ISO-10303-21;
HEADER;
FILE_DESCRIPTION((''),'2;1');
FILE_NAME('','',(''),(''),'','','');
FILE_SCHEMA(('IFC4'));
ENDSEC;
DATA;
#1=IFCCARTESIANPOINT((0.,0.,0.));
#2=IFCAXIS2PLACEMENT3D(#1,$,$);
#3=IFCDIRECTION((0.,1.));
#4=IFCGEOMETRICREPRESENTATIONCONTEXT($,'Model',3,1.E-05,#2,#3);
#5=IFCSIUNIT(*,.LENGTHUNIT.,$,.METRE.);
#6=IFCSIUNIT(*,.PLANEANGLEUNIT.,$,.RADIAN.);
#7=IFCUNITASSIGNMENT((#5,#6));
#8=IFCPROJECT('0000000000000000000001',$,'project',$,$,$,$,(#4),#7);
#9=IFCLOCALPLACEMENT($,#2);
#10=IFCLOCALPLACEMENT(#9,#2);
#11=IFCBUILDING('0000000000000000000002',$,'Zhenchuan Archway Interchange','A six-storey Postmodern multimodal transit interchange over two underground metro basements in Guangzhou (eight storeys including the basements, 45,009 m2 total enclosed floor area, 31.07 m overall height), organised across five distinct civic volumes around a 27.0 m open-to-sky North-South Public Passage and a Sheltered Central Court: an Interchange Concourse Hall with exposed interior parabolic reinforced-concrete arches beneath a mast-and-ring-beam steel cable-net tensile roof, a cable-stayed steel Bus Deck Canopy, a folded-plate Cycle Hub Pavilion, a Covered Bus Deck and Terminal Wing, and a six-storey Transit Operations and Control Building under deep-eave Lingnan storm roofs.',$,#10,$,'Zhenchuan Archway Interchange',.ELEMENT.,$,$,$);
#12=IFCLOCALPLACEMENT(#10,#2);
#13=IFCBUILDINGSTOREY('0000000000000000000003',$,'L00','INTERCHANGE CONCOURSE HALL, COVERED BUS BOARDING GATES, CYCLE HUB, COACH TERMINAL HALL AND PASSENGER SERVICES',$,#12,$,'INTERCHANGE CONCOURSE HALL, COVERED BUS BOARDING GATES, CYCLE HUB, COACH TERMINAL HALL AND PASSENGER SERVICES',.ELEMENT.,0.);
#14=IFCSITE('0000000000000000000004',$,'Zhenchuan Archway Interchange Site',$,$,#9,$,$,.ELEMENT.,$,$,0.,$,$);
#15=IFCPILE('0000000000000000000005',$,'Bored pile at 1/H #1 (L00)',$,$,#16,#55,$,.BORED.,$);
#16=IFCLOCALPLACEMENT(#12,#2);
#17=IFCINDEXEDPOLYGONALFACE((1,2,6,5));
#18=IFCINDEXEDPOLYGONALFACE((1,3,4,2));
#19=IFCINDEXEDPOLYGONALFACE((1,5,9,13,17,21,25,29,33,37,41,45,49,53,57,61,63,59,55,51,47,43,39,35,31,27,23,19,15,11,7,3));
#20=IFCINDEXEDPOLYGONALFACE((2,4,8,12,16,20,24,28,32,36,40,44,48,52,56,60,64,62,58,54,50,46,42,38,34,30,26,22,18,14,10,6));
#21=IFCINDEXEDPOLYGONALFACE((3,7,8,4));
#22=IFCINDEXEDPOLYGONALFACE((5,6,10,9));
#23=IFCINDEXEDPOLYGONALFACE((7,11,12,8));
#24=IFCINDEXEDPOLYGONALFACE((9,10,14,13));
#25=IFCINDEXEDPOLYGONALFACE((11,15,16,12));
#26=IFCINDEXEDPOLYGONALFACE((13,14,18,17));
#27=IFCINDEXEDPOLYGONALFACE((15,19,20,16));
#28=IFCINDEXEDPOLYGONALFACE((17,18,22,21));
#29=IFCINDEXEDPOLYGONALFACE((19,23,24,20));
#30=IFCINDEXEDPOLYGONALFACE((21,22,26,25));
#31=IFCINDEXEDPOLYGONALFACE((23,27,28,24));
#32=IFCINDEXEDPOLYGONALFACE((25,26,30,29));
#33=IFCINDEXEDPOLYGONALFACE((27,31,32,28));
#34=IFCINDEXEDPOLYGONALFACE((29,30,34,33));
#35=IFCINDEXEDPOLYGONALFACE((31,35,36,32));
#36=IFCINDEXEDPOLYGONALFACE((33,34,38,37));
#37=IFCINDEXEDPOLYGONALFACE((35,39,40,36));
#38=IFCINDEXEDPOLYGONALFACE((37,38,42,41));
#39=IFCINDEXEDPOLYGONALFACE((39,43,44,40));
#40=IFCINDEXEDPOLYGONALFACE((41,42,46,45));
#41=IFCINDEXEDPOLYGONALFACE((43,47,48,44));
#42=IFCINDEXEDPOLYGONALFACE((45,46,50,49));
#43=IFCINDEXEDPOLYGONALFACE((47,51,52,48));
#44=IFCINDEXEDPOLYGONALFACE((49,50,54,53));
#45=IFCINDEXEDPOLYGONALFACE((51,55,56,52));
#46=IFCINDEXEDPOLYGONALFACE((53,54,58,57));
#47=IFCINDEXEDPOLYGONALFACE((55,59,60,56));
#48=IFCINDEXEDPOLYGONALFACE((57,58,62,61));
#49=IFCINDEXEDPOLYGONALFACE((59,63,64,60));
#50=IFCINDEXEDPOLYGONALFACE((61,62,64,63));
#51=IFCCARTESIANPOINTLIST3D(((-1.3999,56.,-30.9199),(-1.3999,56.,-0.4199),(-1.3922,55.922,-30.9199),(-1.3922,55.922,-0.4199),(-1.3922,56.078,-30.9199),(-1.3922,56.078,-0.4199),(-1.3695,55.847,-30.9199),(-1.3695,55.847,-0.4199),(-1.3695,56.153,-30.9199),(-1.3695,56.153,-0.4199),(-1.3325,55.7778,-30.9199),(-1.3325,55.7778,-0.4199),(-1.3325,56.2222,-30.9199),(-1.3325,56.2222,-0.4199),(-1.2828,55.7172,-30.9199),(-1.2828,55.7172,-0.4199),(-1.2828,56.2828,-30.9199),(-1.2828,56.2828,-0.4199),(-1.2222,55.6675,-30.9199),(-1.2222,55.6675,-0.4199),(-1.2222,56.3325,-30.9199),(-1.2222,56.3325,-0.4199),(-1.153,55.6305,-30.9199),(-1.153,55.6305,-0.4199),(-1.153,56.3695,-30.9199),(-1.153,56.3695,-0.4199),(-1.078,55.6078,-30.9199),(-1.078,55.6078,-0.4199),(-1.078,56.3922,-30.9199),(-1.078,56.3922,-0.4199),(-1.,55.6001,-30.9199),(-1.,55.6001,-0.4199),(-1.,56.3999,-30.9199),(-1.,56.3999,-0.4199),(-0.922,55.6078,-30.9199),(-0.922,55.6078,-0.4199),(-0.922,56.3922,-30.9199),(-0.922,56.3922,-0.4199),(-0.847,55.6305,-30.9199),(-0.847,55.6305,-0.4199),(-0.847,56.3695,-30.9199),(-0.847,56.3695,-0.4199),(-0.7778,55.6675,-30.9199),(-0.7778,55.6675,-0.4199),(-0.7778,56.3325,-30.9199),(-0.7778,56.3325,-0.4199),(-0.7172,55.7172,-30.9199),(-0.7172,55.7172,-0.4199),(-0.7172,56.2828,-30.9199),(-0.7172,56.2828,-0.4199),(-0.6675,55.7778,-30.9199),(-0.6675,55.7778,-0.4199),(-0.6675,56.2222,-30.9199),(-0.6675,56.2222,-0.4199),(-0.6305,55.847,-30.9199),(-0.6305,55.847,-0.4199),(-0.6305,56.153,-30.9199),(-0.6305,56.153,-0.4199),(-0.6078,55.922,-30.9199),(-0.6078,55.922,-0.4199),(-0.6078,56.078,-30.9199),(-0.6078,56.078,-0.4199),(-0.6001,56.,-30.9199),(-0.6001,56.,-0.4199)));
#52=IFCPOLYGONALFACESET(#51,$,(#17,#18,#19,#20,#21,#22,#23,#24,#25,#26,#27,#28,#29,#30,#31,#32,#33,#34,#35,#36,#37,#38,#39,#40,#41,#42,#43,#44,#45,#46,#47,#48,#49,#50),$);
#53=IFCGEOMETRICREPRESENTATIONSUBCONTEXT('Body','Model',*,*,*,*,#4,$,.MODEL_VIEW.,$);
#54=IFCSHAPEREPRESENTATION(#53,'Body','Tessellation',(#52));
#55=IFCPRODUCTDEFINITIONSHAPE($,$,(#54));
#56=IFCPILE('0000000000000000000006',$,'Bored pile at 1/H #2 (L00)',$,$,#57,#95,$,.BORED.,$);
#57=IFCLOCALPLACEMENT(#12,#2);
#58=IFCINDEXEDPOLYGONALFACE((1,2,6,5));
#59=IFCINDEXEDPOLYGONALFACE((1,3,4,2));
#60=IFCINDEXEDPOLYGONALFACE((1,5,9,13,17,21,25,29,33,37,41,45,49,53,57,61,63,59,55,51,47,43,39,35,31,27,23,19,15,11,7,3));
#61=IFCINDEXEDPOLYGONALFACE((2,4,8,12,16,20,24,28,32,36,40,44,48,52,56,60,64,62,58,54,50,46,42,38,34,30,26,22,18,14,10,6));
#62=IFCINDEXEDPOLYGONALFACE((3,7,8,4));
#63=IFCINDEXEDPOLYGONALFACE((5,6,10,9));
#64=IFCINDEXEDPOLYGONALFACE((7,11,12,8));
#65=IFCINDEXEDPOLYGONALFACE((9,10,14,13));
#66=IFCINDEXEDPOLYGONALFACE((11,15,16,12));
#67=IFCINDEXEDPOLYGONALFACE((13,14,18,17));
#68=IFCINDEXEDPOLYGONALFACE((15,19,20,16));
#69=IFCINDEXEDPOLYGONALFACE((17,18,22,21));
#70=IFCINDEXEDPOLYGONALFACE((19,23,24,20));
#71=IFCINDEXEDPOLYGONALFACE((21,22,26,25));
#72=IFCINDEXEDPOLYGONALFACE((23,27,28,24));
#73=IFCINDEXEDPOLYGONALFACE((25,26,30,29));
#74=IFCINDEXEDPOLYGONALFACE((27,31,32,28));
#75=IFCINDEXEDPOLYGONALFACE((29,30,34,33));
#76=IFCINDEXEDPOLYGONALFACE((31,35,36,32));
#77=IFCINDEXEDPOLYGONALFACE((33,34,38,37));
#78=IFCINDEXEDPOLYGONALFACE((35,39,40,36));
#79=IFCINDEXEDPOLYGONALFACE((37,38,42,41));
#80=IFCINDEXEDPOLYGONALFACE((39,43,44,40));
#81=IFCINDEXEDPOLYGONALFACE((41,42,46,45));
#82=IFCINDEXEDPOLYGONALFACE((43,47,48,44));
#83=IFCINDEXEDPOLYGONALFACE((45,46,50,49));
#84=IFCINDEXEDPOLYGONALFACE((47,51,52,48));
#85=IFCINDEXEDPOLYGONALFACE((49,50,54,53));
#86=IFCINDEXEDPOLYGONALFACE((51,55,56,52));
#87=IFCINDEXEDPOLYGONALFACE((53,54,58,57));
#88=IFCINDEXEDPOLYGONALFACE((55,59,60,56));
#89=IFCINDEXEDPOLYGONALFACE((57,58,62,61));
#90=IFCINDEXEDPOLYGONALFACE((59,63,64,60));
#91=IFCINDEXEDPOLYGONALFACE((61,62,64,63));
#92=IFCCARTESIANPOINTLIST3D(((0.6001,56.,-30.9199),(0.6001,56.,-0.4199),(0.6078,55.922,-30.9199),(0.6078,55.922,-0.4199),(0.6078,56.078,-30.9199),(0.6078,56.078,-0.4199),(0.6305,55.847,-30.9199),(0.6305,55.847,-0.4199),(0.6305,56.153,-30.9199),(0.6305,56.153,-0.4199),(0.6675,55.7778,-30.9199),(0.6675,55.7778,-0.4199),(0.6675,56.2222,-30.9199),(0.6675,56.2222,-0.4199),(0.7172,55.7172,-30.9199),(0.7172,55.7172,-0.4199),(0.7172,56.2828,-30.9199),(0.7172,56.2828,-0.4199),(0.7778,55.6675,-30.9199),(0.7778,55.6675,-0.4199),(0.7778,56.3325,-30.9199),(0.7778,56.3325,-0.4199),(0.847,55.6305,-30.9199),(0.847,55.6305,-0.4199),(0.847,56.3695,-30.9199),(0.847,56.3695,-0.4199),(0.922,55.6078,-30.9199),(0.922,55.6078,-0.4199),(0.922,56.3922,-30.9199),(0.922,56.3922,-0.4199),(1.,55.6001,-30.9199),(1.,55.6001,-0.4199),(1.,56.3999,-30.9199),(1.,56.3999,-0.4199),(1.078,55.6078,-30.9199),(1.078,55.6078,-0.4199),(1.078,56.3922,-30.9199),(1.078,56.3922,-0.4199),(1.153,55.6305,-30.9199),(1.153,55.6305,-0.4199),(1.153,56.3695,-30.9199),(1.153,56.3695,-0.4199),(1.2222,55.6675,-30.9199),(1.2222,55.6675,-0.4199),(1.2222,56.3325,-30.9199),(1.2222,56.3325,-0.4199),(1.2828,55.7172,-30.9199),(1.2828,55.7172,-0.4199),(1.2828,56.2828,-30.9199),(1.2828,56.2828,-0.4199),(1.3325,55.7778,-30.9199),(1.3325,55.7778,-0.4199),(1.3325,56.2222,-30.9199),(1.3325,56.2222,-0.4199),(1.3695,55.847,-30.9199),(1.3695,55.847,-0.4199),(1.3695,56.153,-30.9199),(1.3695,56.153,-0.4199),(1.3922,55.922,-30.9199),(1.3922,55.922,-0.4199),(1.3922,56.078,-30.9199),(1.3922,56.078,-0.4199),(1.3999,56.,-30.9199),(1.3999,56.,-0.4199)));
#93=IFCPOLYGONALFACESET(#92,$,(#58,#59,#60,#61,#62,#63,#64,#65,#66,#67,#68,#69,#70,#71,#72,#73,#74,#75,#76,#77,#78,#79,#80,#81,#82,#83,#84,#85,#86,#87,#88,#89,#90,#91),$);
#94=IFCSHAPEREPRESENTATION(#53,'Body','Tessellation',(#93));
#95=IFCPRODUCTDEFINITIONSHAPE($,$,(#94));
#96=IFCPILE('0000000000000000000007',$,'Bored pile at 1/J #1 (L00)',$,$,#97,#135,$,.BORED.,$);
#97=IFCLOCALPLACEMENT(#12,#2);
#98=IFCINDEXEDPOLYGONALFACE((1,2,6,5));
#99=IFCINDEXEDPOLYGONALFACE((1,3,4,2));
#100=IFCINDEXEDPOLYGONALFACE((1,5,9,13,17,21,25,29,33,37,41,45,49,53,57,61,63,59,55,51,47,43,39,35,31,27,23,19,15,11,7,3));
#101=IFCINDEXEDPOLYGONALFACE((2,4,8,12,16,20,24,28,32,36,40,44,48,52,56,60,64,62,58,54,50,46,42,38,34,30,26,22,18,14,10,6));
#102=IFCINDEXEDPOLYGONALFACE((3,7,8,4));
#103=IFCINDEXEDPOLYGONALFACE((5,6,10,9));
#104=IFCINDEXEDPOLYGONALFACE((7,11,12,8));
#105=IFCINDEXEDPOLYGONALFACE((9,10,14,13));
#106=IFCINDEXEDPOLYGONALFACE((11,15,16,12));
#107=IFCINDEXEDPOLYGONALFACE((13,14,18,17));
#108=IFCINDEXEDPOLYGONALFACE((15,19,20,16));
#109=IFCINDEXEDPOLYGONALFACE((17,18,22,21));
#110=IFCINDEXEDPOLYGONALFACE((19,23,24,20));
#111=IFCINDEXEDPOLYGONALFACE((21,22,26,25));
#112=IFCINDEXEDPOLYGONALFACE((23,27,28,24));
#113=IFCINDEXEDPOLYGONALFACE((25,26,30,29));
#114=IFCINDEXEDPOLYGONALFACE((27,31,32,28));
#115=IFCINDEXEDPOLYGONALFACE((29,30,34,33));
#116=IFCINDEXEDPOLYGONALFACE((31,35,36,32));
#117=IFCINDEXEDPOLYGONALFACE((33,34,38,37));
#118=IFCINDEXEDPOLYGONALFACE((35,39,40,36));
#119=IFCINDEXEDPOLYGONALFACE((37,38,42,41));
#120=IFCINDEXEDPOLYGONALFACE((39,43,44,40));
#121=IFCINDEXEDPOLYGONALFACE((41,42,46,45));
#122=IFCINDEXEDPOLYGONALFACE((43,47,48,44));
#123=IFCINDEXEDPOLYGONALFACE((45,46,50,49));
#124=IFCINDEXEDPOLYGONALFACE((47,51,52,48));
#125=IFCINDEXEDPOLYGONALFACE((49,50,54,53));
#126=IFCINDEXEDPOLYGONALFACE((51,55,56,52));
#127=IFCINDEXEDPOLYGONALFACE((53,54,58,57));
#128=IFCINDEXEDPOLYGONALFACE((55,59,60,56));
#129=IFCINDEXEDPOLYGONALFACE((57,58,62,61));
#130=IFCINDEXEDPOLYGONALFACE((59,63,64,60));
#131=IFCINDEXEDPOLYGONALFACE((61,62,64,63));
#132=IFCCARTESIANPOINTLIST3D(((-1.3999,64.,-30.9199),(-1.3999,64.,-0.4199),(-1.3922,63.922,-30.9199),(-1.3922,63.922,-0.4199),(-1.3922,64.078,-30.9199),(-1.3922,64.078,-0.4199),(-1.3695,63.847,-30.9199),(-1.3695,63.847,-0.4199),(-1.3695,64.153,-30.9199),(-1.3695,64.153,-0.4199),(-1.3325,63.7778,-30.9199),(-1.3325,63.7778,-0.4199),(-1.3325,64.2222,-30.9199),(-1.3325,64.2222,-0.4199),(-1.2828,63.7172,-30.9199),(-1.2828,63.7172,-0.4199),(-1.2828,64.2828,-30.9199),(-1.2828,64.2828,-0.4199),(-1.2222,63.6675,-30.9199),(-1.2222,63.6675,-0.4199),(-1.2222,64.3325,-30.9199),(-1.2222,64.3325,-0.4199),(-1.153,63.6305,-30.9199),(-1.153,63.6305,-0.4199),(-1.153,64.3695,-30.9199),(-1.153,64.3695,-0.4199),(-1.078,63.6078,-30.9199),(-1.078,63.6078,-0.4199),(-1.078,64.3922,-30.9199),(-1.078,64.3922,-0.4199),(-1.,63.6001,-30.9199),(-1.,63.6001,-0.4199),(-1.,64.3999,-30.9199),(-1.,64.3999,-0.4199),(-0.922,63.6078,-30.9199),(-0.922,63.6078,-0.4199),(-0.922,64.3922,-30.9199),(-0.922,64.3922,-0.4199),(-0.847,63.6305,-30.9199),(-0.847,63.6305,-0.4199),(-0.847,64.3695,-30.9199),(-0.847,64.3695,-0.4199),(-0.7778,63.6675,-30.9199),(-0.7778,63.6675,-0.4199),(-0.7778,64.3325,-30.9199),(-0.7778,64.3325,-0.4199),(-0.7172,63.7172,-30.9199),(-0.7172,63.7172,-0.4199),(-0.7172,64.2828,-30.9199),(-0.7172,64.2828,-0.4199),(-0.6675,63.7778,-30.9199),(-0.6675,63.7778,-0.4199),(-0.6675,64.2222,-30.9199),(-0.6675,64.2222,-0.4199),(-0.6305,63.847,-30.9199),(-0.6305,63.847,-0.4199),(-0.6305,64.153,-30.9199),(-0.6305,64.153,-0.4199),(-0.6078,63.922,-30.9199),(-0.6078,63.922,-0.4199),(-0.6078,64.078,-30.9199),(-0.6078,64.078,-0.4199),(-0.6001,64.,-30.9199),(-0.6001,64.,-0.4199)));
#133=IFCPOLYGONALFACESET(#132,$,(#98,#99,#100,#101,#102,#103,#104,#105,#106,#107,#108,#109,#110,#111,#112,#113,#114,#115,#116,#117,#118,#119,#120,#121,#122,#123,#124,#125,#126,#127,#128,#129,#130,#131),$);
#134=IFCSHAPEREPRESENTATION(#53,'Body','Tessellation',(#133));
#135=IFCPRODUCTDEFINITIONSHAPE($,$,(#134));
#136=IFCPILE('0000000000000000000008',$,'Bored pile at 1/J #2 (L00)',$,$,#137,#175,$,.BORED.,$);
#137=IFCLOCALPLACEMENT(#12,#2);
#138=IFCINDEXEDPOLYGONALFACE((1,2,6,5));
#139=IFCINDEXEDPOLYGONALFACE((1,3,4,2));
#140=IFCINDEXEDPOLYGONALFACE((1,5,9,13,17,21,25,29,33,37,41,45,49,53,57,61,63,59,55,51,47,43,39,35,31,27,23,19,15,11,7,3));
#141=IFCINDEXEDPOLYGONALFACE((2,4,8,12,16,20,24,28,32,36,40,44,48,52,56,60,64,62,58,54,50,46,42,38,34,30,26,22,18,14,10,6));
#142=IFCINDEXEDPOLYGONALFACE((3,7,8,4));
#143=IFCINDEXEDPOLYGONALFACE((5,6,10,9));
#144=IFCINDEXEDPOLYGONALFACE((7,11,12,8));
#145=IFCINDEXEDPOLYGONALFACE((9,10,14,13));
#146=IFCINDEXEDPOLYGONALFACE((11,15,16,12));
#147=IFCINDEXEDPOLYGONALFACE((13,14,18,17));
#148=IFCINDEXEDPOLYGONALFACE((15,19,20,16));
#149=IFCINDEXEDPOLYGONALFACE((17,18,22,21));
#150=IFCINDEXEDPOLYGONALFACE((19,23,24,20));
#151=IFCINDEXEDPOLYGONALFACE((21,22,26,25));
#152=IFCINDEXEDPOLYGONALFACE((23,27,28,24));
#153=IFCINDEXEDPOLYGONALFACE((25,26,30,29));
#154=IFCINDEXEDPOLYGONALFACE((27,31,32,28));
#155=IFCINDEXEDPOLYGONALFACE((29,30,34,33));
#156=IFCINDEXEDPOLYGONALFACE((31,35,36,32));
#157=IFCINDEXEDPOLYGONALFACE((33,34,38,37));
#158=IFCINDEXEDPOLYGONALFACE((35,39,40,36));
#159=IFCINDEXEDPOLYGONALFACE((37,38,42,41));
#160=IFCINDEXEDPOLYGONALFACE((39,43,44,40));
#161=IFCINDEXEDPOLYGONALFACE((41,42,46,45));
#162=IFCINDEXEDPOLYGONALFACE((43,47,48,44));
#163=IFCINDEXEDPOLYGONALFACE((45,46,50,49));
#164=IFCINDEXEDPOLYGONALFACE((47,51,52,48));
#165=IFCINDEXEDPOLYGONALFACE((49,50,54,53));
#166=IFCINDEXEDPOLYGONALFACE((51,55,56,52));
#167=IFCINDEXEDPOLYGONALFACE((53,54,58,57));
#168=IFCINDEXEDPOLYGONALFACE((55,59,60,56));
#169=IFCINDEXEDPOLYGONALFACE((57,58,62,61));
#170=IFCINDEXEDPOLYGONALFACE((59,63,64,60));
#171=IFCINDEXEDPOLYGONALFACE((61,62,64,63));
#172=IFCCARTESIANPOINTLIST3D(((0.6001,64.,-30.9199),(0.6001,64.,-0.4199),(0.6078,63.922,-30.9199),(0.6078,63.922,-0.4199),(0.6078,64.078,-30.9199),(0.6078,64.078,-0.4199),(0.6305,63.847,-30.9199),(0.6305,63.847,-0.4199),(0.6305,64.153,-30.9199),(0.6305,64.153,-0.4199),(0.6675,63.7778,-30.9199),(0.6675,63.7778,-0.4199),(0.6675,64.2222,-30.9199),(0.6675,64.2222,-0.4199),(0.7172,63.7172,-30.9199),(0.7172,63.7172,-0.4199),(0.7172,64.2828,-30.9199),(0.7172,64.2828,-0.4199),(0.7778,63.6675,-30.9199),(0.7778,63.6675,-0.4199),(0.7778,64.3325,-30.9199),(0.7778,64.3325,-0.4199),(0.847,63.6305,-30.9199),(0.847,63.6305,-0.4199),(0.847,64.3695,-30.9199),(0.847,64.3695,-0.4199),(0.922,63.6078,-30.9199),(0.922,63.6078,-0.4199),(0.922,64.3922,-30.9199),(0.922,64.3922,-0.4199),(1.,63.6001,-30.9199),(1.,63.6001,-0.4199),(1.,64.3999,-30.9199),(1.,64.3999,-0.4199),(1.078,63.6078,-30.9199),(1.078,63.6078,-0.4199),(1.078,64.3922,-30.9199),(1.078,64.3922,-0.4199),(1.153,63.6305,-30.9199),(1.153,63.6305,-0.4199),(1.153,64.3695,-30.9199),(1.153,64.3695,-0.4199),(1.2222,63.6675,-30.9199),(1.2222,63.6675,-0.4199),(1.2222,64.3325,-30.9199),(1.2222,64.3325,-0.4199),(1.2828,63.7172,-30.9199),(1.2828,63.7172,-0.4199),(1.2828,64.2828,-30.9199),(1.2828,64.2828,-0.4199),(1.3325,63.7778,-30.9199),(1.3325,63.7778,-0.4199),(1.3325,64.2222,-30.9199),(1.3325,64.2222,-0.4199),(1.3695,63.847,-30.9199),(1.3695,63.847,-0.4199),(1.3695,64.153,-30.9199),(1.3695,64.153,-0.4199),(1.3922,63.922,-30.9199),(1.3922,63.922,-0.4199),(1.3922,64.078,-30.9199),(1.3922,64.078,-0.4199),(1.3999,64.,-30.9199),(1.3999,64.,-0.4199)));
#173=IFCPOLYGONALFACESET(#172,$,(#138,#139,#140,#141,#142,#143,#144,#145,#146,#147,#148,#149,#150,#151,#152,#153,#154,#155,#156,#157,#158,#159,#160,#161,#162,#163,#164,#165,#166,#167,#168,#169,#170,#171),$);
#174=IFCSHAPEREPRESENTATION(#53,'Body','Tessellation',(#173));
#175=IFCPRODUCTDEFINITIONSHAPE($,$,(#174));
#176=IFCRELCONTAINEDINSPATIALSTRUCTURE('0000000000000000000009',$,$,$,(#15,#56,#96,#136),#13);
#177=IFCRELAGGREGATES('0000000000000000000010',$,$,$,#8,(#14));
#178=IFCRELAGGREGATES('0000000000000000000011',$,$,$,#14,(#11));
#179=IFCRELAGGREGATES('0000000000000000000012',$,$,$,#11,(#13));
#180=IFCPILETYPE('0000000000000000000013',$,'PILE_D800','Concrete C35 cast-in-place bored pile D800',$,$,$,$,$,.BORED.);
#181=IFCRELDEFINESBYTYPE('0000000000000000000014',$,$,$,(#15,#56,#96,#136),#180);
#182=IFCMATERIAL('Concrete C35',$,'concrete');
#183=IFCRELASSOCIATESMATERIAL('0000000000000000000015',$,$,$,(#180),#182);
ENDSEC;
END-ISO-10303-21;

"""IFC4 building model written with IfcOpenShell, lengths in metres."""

from ifc_helpers import new_model, si_unit, direction, frame, origin, origin_2d, place, context, subcontext, project, spatial, circle, extrude, material, material_profile, profile_set, type_object, element, save


model = new_model("IFC4")

# Units and contexts
model_context = context("Model", 3, precision=1e-05, world=origin(), true_north=direction((0.0, 1.0)))
body_context = subcontext(model_context, "Body", "Model", "MODEL_VIEW")
ifc_project = project(units=[si_unit("LENGTHUNIT", "METRE"), si_unit("PLANEANGLEUNIT", "RADIAN")], contexts=[model_context])

# Site, building, storey
site_placement = place(None, origin())
site = spatial("IfcSite", under=ifc_project, at=site_placement, Name="Zhenchuan Archway Interchange Site", CompositionType="ELEMENT", RefElevation=0.0)
building_placement = place(site_placement, origin())
building = spatial("IfcBuilding", under=site, at=building_placement, Name="Zhenchuan Archway Interchange", Description="A six-storey Postmodern multimodal transit interchange over two underground metro basements in Guangzhou (eight storeys including the basements, 45,009 m2 total enclosed floor area, 31.07 m overall height), organised across five distinct civic volumes around a 27.0 m open-to-sky North-South Public Passage and a Sheltered Central Court: an Interchange Concourse Hall with exposed interior parabolic reinforced-concrete arches beneath a mast-and-ring-beam steel cable-net tensile roof, a cable-stayed steel Bus Deck Canopy, a folded-plate Cycle Hub Pavilion, a Covered Bus Deck and Terminal Wing, and a six-storey Transit Operations and Control Building under deep-eave Lingnan storm roofs.", LongName="Zhenchuan Archway Interchange", CompositionType="ELEMENT")
storey_placement = place(building_placement, origin())
storey = spatial("IfcBuildingStorey", under=building, at=storey_placement, Name="L00", Description="INTERCHANGE CONCOURSE HALL, COVERED BUS BOARDING GATES, CYCLE HUB, COACH TERMINAL HALL AND PASSENGER SERVICES", LongName="INTERCHANGE CONCOURSE HALL, COVERED BUS BOARDING GATES, CYCLE HUB, COACH TERMINAL HALL AND PASSENGER SERVICES", CompositionType="ELEMENT", Elevation=0.0)

# Piles
ifc_material_1 = material(Name="Concrete C35", Category="concrete")
ifc_material_profile_1 = material_profile(ifc_material_1, circle(Radius=0.3999, at=origin_2d()), Name="BORED PILE 800")
ifc_profile_set_1 = profile_set([ifc_material_profile_1], Name="Concrete C35")
pile_type_1 = type_object("IfcPileType", Name="PILE_D800", Description="Concrete C35 cast-in-place bored pile D800", PredefinedType="BORED", material=ifc_profile_set_1)
for number, where, z_axis, x_axis, name in (
    (1, (-1.0, 56.0, -0.4199), (0.0, 0.0, -1.0), (1.0, 0.0, 0.0), "Bored pile at 1/H #1 (L00)"),
    (2, (1.0, 56.0, -0.4199), (0.0, 0.0, -1.0), (1.0, 0.0, 0.0), "Bored pile at 1/H #2 (L00)"),
    (3, (-1.0, 64.0, -0.4199), (0.0, 0.0, -1.0), (1.0, 0.0, 0.0), "Bored pile at 1/J #1 (L00)"),
    (4, (1.0, 64.0, -0.4199), (0.0, 0.0, -1.0), (1.0, 0.0, 0.0), "Bored pile at 1/J #2 (L00)"),
):
    element("IfcPile", number, at=place(storey_placement, frame(where, z_axis=z_axis, x_axis=x_axis)), inside=storey, type_object=pile_type_1, Name=name, PredefinedType="BORED", context=body_context, shape_type="SweptSolid", body=[
        extrude(circle(Radius=0.3999, at=origin_2d()), origin(), (0.0, 0.0, 1.0), 30.5),
    ])

save(model, "model.ifc")
